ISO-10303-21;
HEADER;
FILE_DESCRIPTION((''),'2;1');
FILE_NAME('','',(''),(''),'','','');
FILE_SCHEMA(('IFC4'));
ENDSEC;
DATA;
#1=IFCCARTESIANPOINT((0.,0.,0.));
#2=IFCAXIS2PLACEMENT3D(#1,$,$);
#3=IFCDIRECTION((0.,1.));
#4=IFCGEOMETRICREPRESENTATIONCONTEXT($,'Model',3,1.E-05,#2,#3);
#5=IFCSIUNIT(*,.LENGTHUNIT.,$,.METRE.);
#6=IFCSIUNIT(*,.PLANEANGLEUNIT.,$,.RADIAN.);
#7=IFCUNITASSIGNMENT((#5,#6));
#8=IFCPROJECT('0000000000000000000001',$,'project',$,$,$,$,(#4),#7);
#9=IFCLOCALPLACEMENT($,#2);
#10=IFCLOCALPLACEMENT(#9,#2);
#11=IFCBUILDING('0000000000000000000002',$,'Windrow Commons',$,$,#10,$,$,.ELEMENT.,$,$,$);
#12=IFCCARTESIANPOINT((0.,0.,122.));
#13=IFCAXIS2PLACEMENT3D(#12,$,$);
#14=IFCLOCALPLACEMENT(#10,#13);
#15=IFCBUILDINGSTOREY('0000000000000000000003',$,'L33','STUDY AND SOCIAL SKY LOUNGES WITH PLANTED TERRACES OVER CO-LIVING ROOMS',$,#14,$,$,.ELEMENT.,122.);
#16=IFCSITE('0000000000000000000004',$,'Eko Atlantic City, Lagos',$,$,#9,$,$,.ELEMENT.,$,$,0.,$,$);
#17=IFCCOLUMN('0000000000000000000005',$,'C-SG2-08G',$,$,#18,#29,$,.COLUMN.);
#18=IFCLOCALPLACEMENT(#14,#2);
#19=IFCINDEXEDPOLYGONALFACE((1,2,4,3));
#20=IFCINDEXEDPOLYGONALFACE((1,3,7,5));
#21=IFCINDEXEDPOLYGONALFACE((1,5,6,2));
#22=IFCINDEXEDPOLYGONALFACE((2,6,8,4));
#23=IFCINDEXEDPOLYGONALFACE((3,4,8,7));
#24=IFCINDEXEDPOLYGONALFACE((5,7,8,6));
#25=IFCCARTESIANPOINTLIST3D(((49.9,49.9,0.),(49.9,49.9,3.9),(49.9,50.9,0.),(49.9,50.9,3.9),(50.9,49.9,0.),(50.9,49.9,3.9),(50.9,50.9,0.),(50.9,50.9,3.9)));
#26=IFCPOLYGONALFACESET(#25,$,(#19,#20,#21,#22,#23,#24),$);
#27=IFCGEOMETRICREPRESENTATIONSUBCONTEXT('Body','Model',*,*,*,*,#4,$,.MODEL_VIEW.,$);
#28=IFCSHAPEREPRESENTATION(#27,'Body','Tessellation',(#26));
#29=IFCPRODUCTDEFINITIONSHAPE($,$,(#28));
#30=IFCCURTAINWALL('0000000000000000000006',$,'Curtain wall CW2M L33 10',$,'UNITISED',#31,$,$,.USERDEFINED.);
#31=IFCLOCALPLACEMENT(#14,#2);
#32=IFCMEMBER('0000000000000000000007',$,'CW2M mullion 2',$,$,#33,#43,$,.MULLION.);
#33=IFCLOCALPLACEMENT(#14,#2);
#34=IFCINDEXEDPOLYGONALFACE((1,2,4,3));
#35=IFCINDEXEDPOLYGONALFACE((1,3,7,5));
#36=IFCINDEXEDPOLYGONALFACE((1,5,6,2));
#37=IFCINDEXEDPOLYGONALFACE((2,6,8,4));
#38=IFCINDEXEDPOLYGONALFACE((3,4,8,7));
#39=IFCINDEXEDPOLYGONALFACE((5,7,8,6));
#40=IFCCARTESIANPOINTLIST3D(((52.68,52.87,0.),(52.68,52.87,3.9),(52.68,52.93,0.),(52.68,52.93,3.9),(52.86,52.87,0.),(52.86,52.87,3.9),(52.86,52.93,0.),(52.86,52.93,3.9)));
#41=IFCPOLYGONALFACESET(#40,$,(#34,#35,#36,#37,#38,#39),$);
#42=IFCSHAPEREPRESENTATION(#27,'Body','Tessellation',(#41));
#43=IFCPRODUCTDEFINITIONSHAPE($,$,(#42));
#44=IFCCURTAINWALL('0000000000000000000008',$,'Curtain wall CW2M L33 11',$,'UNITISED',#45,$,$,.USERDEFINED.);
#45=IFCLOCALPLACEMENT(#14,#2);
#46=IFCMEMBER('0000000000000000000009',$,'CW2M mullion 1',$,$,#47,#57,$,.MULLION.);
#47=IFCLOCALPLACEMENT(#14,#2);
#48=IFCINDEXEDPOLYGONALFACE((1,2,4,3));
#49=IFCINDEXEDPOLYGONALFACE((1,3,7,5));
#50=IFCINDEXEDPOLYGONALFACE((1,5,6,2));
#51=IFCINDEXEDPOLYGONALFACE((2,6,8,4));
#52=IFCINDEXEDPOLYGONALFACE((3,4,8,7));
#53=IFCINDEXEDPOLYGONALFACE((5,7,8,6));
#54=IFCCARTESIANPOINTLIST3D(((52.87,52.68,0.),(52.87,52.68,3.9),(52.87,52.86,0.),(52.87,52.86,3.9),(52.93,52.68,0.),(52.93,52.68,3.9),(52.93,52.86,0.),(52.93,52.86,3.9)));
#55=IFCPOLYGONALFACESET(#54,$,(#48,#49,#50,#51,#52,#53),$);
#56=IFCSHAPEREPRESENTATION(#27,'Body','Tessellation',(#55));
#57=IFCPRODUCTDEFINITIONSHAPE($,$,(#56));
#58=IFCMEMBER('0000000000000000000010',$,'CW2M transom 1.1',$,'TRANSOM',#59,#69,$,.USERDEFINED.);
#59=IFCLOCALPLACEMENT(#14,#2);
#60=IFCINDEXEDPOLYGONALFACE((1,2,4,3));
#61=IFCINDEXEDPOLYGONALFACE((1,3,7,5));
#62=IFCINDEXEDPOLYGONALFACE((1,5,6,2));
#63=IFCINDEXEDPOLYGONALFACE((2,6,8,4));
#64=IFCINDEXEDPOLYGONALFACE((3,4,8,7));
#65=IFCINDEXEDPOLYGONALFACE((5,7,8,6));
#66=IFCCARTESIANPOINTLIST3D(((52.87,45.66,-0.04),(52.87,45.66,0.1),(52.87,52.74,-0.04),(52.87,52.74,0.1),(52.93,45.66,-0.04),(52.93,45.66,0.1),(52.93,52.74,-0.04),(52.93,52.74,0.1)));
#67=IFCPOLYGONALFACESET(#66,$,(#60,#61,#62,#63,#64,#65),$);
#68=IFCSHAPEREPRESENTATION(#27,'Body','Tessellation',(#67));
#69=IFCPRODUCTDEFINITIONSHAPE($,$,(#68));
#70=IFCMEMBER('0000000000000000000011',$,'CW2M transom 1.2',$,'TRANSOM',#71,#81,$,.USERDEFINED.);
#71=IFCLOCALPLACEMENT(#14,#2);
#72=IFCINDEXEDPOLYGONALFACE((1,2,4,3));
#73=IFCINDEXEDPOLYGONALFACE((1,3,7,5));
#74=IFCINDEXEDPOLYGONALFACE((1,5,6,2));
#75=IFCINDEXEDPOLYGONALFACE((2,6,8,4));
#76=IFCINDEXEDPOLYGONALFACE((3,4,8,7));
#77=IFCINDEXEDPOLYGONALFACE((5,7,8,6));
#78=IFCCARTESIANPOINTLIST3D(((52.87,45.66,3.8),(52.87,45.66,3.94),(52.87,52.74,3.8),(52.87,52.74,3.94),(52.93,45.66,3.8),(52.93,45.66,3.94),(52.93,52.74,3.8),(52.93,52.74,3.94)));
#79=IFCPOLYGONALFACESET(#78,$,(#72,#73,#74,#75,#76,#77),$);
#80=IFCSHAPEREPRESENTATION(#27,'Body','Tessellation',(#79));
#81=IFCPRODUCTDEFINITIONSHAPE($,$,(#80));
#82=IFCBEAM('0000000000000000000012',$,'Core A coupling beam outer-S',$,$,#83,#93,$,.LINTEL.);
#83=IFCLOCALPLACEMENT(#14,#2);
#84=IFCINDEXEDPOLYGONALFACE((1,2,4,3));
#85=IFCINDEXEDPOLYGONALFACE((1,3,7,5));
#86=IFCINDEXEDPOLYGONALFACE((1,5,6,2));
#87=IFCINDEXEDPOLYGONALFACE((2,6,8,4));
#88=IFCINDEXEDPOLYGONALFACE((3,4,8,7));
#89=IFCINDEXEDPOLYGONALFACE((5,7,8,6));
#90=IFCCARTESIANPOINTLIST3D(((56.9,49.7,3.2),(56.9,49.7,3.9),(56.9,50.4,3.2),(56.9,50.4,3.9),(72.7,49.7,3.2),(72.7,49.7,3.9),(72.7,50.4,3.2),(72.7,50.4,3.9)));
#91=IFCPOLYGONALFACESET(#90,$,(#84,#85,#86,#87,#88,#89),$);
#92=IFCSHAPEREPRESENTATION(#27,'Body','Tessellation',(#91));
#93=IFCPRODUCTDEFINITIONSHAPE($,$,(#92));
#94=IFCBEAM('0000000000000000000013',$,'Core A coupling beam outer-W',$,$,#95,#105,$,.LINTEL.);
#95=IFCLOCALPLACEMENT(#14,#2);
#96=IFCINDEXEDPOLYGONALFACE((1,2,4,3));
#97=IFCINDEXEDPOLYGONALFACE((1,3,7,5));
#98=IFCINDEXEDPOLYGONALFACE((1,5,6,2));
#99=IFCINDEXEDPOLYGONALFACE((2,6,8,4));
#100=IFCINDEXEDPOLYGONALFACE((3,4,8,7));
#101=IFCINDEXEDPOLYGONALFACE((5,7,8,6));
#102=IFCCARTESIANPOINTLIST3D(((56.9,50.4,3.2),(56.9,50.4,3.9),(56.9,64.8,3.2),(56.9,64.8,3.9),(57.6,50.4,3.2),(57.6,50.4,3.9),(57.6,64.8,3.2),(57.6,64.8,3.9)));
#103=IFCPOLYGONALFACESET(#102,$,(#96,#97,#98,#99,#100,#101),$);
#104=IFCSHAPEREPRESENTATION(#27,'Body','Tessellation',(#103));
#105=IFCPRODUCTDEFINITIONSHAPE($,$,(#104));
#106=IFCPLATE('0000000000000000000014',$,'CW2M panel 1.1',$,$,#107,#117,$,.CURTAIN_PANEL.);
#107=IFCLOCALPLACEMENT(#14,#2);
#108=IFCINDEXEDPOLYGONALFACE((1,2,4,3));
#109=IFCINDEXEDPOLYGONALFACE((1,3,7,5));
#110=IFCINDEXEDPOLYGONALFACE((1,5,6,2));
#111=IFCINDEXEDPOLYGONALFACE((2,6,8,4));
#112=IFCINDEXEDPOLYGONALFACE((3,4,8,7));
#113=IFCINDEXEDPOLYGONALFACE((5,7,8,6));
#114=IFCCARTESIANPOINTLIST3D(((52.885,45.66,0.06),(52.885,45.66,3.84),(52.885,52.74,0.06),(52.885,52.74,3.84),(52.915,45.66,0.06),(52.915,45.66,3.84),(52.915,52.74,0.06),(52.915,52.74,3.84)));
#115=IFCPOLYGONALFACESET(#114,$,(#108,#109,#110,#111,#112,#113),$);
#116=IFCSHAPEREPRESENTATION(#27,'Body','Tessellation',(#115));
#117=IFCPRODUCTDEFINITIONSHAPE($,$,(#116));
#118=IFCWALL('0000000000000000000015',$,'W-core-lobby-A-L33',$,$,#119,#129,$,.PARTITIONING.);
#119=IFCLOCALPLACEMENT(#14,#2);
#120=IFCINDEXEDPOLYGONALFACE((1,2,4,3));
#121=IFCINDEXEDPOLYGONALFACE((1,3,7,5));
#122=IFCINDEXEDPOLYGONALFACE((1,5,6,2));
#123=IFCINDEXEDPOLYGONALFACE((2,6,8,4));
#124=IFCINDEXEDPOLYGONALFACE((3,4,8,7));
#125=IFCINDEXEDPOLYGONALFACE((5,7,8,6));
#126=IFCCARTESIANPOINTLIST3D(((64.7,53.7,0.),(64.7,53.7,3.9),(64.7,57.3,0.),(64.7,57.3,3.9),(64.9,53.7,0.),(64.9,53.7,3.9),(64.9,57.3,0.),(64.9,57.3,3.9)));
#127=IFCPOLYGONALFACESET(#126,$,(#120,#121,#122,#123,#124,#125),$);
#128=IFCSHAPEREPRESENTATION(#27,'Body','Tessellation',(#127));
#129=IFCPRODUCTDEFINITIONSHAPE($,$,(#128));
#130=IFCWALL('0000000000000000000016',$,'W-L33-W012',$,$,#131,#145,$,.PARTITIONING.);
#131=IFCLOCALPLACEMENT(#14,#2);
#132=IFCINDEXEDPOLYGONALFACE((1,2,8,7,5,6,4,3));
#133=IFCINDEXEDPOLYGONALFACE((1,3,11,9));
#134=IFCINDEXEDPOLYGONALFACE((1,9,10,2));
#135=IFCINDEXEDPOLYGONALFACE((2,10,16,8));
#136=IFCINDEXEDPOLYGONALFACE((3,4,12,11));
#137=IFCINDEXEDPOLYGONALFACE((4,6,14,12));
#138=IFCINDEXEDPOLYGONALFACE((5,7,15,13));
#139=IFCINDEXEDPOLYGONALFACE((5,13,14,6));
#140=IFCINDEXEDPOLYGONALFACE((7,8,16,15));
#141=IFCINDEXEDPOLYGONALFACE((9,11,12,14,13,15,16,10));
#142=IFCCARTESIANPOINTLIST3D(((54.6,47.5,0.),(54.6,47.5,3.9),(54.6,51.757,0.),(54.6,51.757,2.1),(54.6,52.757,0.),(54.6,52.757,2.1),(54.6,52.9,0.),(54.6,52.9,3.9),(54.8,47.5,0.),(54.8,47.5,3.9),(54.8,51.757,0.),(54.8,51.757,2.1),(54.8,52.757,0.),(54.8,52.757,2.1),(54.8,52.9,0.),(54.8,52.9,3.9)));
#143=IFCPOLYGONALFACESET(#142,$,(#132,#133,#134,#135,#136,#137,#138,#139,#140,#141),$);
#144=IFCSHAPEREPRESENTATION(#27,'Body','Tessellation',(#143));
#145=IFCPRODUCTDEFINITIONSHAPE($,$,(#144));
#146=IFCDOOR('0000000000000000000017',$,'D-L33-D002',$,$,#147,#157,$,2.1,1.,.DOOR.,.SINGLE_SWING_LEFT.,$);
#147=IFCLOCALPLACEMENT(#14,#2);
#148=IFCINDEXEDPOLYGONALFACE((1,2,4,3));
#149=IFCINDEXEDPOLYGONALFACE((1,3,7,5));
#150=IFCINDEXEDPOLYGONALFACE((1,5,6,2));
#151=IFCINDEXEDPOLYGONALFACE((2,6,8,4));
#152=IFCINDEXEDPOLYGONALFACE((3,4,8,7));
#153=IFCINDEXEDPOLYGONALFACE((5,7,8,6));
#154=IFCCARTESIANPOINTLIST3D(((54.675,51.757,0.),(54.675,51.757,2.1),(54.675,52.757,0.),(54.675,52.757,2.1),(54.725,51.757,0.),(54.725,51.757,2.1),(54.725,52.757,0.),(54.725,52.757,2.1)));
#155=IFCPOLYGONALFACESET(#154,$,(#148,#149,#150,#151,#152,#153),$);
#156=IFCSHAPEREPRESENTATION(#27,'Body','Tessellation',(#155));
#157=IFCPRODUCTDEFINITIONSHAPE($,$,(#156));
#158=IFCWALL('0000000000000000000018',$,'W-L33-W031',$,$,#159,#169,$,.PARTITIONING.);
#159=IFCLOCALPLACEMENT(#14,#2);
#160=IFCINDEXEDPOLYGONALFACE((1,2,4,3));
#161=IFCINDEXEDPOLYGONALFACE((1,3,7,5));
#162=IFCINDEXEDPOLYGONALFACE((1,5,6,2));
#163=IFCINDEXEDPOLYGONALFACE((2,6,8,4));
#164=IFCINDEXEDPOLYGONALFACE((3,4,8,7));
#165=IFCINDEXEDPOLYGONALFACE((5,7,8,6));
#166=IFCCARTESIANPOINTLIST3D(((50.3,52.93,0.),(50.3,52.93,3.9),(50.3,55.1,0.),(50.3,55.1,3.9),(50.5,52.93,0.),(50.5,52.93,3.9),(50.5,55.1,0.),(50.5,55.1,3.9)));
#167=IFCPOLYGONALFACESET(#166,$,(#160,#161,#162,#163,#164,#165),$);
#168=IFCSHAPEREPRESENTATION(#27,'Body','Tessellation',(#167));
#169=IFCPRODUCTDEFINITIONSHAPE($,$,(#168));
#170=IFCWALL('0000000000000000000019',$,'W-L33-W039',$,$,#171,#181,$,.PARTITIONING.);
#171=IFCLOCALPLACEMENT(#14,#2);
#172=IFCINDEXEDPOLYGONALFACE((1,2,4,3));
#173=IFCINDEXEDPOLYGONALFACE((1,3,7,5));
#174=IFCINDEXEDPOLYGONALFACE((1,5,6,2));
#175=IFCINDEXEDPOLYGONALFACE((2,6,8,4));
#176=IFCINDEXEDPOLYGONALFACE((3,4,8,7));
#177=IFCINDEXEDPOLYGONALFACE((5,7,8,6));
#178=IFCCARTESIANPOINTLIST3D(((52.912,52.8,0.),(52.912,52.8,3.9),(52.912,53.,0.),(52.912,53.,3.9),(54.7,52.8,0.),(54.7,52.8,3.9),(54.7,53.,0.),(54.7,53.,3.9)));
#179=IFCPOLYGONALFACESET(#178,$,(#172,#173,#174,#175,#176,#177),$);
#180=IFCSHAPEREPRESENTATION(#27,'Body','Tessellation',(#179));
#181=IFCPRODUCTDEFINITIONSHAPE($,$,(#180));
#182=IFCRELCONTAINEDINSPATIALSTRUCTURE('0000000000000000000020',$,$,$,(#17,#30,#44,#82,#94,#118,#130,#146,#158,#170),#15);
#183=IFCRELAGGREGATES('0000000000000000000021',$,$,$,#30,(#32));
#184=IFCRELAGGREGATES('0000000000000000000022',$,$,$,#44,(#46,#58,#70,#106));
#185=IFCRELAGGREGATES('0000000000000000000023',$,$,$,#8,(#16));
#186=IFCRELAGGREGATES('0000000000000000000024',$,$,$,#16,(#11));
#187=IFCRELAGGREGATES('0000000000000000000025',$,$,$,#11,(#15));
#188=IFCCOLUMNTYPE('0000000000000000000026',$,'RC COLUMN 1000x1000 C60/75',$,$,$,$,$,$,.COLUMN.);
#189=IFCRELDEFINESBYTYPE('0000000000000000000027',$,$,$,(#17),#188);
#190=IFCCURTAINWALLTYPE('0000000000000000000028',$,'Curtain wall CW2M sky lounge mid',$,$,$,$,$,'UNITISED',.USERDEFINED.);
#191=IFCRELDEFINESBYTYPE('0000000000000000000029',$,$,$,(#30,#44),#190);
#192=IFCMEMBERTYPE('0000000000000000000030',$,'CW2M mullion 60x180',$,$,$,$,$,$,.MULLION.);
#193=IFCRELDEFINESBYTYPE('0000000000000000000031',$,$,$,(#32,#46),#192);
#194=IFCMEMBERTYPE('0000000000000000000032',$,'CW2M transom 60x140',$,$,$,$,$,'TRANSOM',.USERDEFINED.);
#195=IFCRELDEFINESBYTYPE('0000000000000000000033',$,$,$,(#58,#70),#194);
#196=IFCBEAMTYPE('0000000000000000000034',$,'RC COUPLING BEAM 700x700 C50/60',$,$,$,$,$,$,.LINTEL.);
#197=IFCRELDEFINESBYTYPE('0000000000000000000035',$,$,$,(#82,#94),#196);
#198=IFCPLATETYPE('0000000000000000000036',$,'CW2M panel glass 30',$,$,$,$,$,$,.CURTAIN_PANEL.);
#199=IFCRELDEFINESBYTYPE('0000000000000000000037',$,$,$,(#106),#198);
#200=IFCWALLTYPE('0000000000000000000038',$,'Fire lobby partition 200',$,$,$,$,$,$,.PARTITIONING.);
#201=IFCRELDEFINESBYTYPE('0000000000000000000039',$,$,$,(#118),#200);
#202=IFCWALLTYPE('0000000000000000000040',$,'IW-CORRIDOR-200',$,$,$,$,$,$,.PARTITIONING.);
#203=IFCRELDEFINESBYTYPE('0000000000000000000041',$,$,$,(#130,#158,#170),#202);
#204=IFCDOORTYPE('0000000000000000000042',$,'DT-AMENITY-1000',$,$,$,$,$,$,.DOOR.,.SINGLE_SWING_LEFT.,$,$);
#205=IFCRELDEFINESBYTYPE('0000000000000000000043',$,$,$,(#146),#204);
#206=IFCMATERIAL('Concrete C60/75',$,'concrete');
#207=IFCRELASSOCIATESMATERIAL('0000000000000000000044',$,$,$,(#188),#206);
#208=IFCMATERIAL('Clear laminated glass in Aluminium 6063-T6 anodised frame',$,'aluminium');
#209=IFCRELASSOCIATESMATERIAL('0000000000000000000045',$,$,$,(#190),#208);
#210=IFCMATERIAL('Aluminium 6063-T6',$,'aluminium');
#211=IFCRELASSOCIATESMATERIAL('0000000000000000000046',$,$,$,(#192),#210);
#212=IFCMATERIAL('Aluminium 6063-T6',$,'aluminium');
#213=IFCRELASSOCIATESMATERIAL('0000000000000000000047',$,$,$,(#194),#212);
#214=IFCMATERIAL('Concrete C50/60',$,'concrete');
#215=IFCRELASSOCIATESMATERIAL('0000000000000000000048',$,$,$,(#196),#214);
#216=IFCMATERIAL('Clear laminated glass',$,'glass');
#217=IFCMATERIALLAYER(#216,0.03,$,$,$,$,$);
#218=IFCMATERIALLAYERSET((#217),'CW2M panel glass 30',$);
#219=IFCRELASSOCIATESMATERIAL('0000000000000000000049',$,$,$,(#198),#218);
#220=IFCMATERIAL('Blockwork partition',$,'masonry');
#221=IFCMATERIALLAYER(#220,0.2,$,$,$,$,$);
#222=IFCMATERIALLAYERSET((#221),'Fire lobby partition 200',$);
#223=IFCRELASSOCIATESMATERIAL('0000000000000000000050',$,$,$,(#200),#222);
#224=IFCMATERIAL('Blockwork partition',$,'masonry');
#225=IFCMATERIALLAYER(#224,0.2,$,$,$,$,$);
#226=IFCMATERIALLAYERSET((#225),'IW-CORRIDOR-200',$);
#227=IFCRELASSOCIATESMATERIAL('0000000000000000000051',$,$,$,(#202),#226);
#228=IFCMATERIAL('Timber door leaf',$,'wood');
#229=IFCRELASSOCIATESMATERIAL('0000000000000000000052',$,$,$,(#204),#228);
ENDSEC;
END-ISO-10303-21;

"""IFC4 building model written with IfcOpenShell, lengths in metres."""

from ifc_helpers import new_model, si_unit, direction, frame, frame_2d, origin, origin_2d, place, context, subcontext, project, spatial, rectangle, extrude, material, layer, layer_set, material_profile, profile_set, type_object, element, fill, aggregate, save


model = new_model("IFC4")

# Units and contexts
model_context = context("Model", 3, precision=1e-05, world=origin(), true_north=direction((0.0, 1.0)))
body_context = subcontext(model_context, "Body", "Model", "MODEL_VIEW")
ifc_project = project(units=[si_unit("LENGTHUNIT", "METRE"), si_unit("PLANEANGLEUNIT", "RADIAN")], contexts=[model_context])

# Site, building, storey
site_placement = place(None, origin())
site = spatial("IfcSite", under=ifc_project, at=site_placement, Name="Eko Atlantic City, Lagos", CompositionType="ELEMENT", RefElevation=0.0)
building_placement = place(site_placement, origin())
building = spatial("IfcBuilding", under=site, at=building_placement, Name="Windrow Commons", CompositionType="ELEMENT")
storey_placement = place(building_placement, frame((0.0, 0.0, 122.0)))
storey = spatial("IfcBuildingStorey", under=building, at=storey_placement, Name="L33", Description="STUDY AND SOCIAL SKY LOUNGES WITH PLANTED TERRACES OVER CO-LIVING ROOMS", CompositionType="ELEMENT", Elevation=122.0)

# Column
ifc_material_1 = material(Name="Concrete C60/75", Category="concrete")
ifc_material_profile_1 = material_profile(ifc_material_1, rectangle(XDim=1.0, YDim=1.0, at=origin_2d()))
ifc_profile_set_1 = profile_set([ifc_material_profile_1], Name="Concrete C60/75")
column_type = type_object("IfcColumnType", Name="RC COLUMN 1000x1000 C60/75", PredefinedType="COLUMN", material=ifc_profile_set_1)
column_placement = place(storey_placement, frame((50.4, 50.4, 0.0), z_axis=(0.0, 0.0, 1.0), x_axis=(1.0, 0.0, 0.0)))
element("IfcColumn", 1, at=column_placement, inside=storey, type_object=column_type, Name="C-SG2-08G", PredefinedType="COLUMN", context=body_context, shape_type="SweptSolid", body=[
    extrude(rectangle(XDim=1.0, YDim=1.0, at=origin_2d()), origin(), (0.0, 0.0, 1.0), 3.9),
])

# Curtain wall, member
ifc_material_2 = material(Name="Clear laminated glass in Aluminium 6063-T6 anodised frame", Category="aluminium")
curtain_wall_type = type_object("IfcCurtainWallType", Name="Curtain wall CW2M sky lounge mid", ElementType="UNITISED", PredefinedType="USERDEFINED", material=ifc_material_2)
placement = place(storey_placement, origin())
curtain_wall_1 = element("IfcCurtainWall", 2, at=placement, inside=storey, type_object=curtain_wall_type, Name="Curtain wall CW2M L33 10", ObjectType="UNITISED", PredefinedType="USERDEFINED")
ifc_material_3 = material(Name="Aluminium 6063-T6", Category="aluminium")
ifc_material_profile_2 = material_profile(ifc_material_3, rectangle(XDim=0.06, YDim=0.18, at=origin_2d()))
ifc_profile_set_2 = profile_set([ifc_material_profile_2], Name="Aluminium 6063-T6")
member_type_1 = type_object("IfcMemberType", Name="CW2M mullion 60x180", PredefinedType="MULLION", material=ifc_profile_set_2)
member_1_placement = place(storey_placement, frame((52.77, 52.9, 0.0), z_axis=(0.0, 0.0, 1.0), x_axis=(0.0, 1.0, 0.0)))
member_1 = element("IfcMember", 3, at=member_1_placement, type_object=member_type_1, Name="CW2M mullion 2", PredefinedType="MULLION", context=body_context, shape_type="SweptSolid", body=[
    extrude(rectangle(XDim=0.06, YDim=0.18, at=origin_2d()), origin(), (0.0, 0.0, 1.0), 3.9),
])
aggregate(curtain_wall_1, [member_1])

# Curtain wall, members
curtain_wall_2 = element("IfcCurtainWall", 4, at=placement, inside=storey, type_object=curtain_wall_type, Name="Curtain wall CW2M L33 11", ObjectType="UNITISED", PredefinedType="USERDEFINED")
member_2_placement = place(storey_placement, frame((52.9, 52.77, 0.0), z_axis=(0.0, 0.0, 1.0), x_axis=(1.0, 0.0, 0.0)))
member_2 = element("IfcMember", 5, at=member_2_placement, type_object=member_type_1, Name="CW2M mullion 1", PredefinedType="MULLION", context=body_context, shape_type="SweptSolid", body=[
    extrude(rectangle(XDim=0.06, YDim=0.18, at=origin_2d()), origin(), (0.0, 0.0, 1.0), 3.9),
])
ifc_material_4 = material(Name="Aluminium 6063-T6", Category="aluminium")
ifc_material_profile_3 = material_profile(ifc_material_4, rectangle(XDim=0.06, YDim=0.14, at=origin_2d()))
ifc_profile_set_3 = profile_set([ifc_material_profile_3], Name="Aluminium 6063-T6")
member_type_2 = type_object("IfcMemberType", Name="CW2M transom 60x140", ElementType="TRANSOM", PredefinedType="USERDEFINED", material=ifc_profile_set_3)
member_3_placement = place(storey_placement, frame((52.9, 52.74, 0.03), z_axis=(0.0, -1.0, 0.0), x_axis=(1.0, 0.0, 0.0)))
member_3 = element("IfcMember", 6, at=member_3_placement, type_object=member_type_2, Name="CW2M transom 1.1", ObjectType="TRANSOM", PredefinedType="USERDEFINED", context=body_context, shape_type="SweptSolid", body=[
    extrude(rectangle(XDim=0.06, YDim=0.14, at=origin_2d()), origin(), (0.0, 0.0, 1.0), 7.08),
])
member_4_placement = place(storey_placement, frame((52.9, 52.74, 3.87), z_axis=(0.0, -1.0, 0.0), x_axis=(1.0, 0.0, 0.0)))
member_4 = element("IfcMember", 7, at=member_4_placement, type_object=member_type_2, Name="CW2M transom 1.2", ObjectType="TRANSOM", PredefinedType="USERDEFINED", context=body_context, shape_type="SweptSolid", body=[
    extrude(rectangle(XDim=0.06, YDim=0.14, at=origin_2d()), origin(), (0.0, 0.0, 1.0), 7.08),
])

# Beams
ifc_material_5 = material(Name="Concrete C50/60", Category="concrete")
ifc_material_profile_4 = material_profile(ifc_material_5, rectangle(XDim=0.7, YDim=0.7, at=origin_2d()))
ifc_profile_set_4 = profile_set([ifc_material_profile_4], Name="Concrete C50/60")
beam_type = type_object("IfcBeamType", Name="RC COUPLING BEAM 700x700 C50/60", PredefinedType="LINTEL", material=ifc_profile_set_4)
beam_1_placement = place(storey_placement, frame((56.9, 50.05, 3.55), z_axis=(1.0, 0.0, 0.0), x_axis=(0.0, 1.0, 0.0)))
element("IfcBeam", 8, at=beam_1_placement, inside=storey, type_object=beam_type, Name="Core A coupling beam outer-S", PredefinedType="LINTEL", context=body_context, shape_type="SweptSolid", body=[
    extrude(rectangle(XDim=0.7, YDim=0.7, at=origin_2d()), origin(), (0.0, 0.0, 1.0), 15.8),
])
beam_2_placement = place(storey_placement, frame((57.25, 50.4, 3.55), z_axis=(0.0, 1.0, 0.0), x_axis=(-1.0, 0.0, 0.0)))
element("IfcBeam", 9, at=beam_2_placement, inside=storey, type_object=beam_type, Name="Core A coupling beam outer-W", PredefinedType="LINTEL", context=body_context, shape_type="SweptSolid", body=[
    extrude(rectangle(XDim=0.7, YDim=0.7, at=origin_2d()), origin(), (0.0, 0.0, 1.0), 14.4),
])

# Plate
ifc_material_6 = material(Name="Clear laminated glass", Category="glass")
ifc_layer_1 = layer(ifc_material_6, 0.03)
ifc_layer_set_1 = layer_set([ifc_layer_1], Name="CW2M panel glass 30")
plate_type = type_object("IfcPlateType", Name="CW2M panel glass 30", PredefinedType="CURTAIN_PANEL", material=ifc_layer_set_1)
plate_placement = place(storey_placement, frame((52.9, 49.2, 0.06), z_axis=(0.0, 0.0, 1.0), x_axis=(0.0, -1.0, 0.0)))
plate = element("IfcPlate", 10, at=plate_placement, type_object=plate_type, Name="CW2M panel 1.1", PredefinedType="CURTAIN_PANEL", context=body_context, shape_type="SweptSolid", body=[
    extrude(rectangle(XDim=7.08, YDim=0.03, at=origin_2d()), origin(), (0.0, 0.0, 1.0), 3.78),
])
aggregate(curtain_wall_2, [member_2, member_3, member_4, plate])

# Wall
ifc_material_7 = material(Name="Blockwork partition", Category="masonry")
ifc_layer_2 = layer(ifc_material_7, 0.2)
ifc_layer_set_2 = layer_set([ifc_layer_2], Name="Fire lobby partition 200")
wall_type_1 = type_object("IfcWallType", Name="Fire lobby partition 200", PredefinedType="PARTITIONING", material=ifc_layer_set_2)
wall_1_placement = place(storey_placement, frame((64.8, 53.7, 0.0), z_axis=(0.0, 0.0, 1.0), x_axis=(0.0, 1.0, 0.0)))
element("IfcWall", 11, at=wall_1_placement, inside=storey, type_object=wall_type_1, Name="W-core-lobby-A-L33", PredefinedType="PARTITIONING", context=body_context, shape_type="SweptSolid", body=[
    extrude(rectangle(XDim=3.6, YDim=0.2, at=frame_2d((1.8, 0.0))), origin(), (0.0, 0.0, 1.0), 3.9),
])

# Wall, opening, door
ifc_material_8 = material(Name="Blockwork partition", Category="masonry")
ifc_layer_3 = layer(ifc_material_8, 0.2)
ifc_layer_set_3 = layer_set([ifc_layer_3], Name="IW-CORRIDOR-200")
wall_type_2 = type_object("IfcWallType", Name="IW-CORRIDOR-200", PredefinedType="PARTITIONING", material=ifc_layer_set_3)
wall_2_placement = place(storey_placement, frame((54.7, 47.5, 0.0), z_axis=(0.0, 0.0, 1.0), x_axis=(0.0, 1.0, 0.0)))
wall_2 = element("IfcWall", 12, at=wall_2_placement, inside=storey, type_object=wall_type_2, Name="W-L33-W012", PredefinedType="PARTITIONING", context=body_context, shape_type="SweptSolid", body=[
    extrude(rectangle(XDim=5.4, YDim=0.2, at=frame_2d((2.7, 0.0))), origin(), (0.0, 0.0, 1.0), 3.9),
])
opening_1_placement = place(wall_2_placement, frame((4.257, 0.0, 0.0)))
opening_1 = element("IfcOpeningElement", 13, at=opening_1_placement, cuts=wall_2, PredefinedType="OPENING", context=body_context, shape_type="SweptSolid", body=[
    extrude(rectangle(XDim=1.0, YDim=2.1, at=frame_2d((0.5, 1.05))), frame((0.0, 0.11, 0.0), z_axis=(0.0, -1.0, 0.0), x_axis=(1.0, 0.0, 0.0)), (0.0, 0.0, 1.0), 0.22),
])
ifc_material_9 = material(Name="Timber door leaf", Category="wood")
door_type_1 = type_object("IfcDoorType", Name="DT-AMENITY-1000", OperationType="SINGLE_SWING_LEFT", PredefinedType="DOOR", material=ifc_material_9)
door_1_placement = place(opening_1_placement, origin())
door_1 = element("IfcDoor", 14, at=door_1_placement, inside=storey, type_object=door_type_1, Name="D-L33-D002", OperationType="SINGLE_SWING_LEFT", OverallHeight=2.1, OverallWidth=1.0, PredefinedType="DOOR", context=body_context, shape_type="SweptSolid", body=[
    extrude(rectangle(XDim=1.0, YDim=2.1, at=frame_2d((0.5, 1.05))), frame((0.0, 0.025, 0.0), z_axis=(0.0, -1.0, 0.0), x_axis=(1.0, 0.0, 0.0)), (0.0, 0.0, 1.0), 0.05),
])
fill(opening_1, door_1)

# Walls
wall_3_placement = place(storey_placement, frame((50.4, 52.93, 0.0), z_axis=(0.0, 0.0, 1.0), x_axis=(0.0, 1.0, 0.0)))
element("IfcWall", 15, at=wall_3_placement, inside=storey, type_object=wall_type_2, Name="W-L33-W031", PredefinedType="PARTITIONING", context=body_context, shape_type="SweptSolid", body=[
    extrude(rectangle(XDim=2.17, YDim=0.2, at=frame_2d((1.085, 0.0))), origin(), (0.0, 0.0, 1.0), 3.9),
])
wall_4_placement = place(storey_placement, frame((52.912, 52.9, 0.0), z_axis=(0.0, 0.0, 1.0), x_axis=(1.0, 0.0, 0.0)))
element("IfcWall", 16, at=wall_4_placement, inside=storey, type_object=wall_type_2, Name="W-L33-W039", PredefinedType="PARTITIONING", context=body_context, shape_type="SweptSolid", body=[
    extrude(rectangle(XDim=1.788, YDim=0.2, at=frame_2d((0.894, 0.0))), origin(), (0.0, 0.0, 1.0), 3.9),
])

save(model, "model.ifc")
